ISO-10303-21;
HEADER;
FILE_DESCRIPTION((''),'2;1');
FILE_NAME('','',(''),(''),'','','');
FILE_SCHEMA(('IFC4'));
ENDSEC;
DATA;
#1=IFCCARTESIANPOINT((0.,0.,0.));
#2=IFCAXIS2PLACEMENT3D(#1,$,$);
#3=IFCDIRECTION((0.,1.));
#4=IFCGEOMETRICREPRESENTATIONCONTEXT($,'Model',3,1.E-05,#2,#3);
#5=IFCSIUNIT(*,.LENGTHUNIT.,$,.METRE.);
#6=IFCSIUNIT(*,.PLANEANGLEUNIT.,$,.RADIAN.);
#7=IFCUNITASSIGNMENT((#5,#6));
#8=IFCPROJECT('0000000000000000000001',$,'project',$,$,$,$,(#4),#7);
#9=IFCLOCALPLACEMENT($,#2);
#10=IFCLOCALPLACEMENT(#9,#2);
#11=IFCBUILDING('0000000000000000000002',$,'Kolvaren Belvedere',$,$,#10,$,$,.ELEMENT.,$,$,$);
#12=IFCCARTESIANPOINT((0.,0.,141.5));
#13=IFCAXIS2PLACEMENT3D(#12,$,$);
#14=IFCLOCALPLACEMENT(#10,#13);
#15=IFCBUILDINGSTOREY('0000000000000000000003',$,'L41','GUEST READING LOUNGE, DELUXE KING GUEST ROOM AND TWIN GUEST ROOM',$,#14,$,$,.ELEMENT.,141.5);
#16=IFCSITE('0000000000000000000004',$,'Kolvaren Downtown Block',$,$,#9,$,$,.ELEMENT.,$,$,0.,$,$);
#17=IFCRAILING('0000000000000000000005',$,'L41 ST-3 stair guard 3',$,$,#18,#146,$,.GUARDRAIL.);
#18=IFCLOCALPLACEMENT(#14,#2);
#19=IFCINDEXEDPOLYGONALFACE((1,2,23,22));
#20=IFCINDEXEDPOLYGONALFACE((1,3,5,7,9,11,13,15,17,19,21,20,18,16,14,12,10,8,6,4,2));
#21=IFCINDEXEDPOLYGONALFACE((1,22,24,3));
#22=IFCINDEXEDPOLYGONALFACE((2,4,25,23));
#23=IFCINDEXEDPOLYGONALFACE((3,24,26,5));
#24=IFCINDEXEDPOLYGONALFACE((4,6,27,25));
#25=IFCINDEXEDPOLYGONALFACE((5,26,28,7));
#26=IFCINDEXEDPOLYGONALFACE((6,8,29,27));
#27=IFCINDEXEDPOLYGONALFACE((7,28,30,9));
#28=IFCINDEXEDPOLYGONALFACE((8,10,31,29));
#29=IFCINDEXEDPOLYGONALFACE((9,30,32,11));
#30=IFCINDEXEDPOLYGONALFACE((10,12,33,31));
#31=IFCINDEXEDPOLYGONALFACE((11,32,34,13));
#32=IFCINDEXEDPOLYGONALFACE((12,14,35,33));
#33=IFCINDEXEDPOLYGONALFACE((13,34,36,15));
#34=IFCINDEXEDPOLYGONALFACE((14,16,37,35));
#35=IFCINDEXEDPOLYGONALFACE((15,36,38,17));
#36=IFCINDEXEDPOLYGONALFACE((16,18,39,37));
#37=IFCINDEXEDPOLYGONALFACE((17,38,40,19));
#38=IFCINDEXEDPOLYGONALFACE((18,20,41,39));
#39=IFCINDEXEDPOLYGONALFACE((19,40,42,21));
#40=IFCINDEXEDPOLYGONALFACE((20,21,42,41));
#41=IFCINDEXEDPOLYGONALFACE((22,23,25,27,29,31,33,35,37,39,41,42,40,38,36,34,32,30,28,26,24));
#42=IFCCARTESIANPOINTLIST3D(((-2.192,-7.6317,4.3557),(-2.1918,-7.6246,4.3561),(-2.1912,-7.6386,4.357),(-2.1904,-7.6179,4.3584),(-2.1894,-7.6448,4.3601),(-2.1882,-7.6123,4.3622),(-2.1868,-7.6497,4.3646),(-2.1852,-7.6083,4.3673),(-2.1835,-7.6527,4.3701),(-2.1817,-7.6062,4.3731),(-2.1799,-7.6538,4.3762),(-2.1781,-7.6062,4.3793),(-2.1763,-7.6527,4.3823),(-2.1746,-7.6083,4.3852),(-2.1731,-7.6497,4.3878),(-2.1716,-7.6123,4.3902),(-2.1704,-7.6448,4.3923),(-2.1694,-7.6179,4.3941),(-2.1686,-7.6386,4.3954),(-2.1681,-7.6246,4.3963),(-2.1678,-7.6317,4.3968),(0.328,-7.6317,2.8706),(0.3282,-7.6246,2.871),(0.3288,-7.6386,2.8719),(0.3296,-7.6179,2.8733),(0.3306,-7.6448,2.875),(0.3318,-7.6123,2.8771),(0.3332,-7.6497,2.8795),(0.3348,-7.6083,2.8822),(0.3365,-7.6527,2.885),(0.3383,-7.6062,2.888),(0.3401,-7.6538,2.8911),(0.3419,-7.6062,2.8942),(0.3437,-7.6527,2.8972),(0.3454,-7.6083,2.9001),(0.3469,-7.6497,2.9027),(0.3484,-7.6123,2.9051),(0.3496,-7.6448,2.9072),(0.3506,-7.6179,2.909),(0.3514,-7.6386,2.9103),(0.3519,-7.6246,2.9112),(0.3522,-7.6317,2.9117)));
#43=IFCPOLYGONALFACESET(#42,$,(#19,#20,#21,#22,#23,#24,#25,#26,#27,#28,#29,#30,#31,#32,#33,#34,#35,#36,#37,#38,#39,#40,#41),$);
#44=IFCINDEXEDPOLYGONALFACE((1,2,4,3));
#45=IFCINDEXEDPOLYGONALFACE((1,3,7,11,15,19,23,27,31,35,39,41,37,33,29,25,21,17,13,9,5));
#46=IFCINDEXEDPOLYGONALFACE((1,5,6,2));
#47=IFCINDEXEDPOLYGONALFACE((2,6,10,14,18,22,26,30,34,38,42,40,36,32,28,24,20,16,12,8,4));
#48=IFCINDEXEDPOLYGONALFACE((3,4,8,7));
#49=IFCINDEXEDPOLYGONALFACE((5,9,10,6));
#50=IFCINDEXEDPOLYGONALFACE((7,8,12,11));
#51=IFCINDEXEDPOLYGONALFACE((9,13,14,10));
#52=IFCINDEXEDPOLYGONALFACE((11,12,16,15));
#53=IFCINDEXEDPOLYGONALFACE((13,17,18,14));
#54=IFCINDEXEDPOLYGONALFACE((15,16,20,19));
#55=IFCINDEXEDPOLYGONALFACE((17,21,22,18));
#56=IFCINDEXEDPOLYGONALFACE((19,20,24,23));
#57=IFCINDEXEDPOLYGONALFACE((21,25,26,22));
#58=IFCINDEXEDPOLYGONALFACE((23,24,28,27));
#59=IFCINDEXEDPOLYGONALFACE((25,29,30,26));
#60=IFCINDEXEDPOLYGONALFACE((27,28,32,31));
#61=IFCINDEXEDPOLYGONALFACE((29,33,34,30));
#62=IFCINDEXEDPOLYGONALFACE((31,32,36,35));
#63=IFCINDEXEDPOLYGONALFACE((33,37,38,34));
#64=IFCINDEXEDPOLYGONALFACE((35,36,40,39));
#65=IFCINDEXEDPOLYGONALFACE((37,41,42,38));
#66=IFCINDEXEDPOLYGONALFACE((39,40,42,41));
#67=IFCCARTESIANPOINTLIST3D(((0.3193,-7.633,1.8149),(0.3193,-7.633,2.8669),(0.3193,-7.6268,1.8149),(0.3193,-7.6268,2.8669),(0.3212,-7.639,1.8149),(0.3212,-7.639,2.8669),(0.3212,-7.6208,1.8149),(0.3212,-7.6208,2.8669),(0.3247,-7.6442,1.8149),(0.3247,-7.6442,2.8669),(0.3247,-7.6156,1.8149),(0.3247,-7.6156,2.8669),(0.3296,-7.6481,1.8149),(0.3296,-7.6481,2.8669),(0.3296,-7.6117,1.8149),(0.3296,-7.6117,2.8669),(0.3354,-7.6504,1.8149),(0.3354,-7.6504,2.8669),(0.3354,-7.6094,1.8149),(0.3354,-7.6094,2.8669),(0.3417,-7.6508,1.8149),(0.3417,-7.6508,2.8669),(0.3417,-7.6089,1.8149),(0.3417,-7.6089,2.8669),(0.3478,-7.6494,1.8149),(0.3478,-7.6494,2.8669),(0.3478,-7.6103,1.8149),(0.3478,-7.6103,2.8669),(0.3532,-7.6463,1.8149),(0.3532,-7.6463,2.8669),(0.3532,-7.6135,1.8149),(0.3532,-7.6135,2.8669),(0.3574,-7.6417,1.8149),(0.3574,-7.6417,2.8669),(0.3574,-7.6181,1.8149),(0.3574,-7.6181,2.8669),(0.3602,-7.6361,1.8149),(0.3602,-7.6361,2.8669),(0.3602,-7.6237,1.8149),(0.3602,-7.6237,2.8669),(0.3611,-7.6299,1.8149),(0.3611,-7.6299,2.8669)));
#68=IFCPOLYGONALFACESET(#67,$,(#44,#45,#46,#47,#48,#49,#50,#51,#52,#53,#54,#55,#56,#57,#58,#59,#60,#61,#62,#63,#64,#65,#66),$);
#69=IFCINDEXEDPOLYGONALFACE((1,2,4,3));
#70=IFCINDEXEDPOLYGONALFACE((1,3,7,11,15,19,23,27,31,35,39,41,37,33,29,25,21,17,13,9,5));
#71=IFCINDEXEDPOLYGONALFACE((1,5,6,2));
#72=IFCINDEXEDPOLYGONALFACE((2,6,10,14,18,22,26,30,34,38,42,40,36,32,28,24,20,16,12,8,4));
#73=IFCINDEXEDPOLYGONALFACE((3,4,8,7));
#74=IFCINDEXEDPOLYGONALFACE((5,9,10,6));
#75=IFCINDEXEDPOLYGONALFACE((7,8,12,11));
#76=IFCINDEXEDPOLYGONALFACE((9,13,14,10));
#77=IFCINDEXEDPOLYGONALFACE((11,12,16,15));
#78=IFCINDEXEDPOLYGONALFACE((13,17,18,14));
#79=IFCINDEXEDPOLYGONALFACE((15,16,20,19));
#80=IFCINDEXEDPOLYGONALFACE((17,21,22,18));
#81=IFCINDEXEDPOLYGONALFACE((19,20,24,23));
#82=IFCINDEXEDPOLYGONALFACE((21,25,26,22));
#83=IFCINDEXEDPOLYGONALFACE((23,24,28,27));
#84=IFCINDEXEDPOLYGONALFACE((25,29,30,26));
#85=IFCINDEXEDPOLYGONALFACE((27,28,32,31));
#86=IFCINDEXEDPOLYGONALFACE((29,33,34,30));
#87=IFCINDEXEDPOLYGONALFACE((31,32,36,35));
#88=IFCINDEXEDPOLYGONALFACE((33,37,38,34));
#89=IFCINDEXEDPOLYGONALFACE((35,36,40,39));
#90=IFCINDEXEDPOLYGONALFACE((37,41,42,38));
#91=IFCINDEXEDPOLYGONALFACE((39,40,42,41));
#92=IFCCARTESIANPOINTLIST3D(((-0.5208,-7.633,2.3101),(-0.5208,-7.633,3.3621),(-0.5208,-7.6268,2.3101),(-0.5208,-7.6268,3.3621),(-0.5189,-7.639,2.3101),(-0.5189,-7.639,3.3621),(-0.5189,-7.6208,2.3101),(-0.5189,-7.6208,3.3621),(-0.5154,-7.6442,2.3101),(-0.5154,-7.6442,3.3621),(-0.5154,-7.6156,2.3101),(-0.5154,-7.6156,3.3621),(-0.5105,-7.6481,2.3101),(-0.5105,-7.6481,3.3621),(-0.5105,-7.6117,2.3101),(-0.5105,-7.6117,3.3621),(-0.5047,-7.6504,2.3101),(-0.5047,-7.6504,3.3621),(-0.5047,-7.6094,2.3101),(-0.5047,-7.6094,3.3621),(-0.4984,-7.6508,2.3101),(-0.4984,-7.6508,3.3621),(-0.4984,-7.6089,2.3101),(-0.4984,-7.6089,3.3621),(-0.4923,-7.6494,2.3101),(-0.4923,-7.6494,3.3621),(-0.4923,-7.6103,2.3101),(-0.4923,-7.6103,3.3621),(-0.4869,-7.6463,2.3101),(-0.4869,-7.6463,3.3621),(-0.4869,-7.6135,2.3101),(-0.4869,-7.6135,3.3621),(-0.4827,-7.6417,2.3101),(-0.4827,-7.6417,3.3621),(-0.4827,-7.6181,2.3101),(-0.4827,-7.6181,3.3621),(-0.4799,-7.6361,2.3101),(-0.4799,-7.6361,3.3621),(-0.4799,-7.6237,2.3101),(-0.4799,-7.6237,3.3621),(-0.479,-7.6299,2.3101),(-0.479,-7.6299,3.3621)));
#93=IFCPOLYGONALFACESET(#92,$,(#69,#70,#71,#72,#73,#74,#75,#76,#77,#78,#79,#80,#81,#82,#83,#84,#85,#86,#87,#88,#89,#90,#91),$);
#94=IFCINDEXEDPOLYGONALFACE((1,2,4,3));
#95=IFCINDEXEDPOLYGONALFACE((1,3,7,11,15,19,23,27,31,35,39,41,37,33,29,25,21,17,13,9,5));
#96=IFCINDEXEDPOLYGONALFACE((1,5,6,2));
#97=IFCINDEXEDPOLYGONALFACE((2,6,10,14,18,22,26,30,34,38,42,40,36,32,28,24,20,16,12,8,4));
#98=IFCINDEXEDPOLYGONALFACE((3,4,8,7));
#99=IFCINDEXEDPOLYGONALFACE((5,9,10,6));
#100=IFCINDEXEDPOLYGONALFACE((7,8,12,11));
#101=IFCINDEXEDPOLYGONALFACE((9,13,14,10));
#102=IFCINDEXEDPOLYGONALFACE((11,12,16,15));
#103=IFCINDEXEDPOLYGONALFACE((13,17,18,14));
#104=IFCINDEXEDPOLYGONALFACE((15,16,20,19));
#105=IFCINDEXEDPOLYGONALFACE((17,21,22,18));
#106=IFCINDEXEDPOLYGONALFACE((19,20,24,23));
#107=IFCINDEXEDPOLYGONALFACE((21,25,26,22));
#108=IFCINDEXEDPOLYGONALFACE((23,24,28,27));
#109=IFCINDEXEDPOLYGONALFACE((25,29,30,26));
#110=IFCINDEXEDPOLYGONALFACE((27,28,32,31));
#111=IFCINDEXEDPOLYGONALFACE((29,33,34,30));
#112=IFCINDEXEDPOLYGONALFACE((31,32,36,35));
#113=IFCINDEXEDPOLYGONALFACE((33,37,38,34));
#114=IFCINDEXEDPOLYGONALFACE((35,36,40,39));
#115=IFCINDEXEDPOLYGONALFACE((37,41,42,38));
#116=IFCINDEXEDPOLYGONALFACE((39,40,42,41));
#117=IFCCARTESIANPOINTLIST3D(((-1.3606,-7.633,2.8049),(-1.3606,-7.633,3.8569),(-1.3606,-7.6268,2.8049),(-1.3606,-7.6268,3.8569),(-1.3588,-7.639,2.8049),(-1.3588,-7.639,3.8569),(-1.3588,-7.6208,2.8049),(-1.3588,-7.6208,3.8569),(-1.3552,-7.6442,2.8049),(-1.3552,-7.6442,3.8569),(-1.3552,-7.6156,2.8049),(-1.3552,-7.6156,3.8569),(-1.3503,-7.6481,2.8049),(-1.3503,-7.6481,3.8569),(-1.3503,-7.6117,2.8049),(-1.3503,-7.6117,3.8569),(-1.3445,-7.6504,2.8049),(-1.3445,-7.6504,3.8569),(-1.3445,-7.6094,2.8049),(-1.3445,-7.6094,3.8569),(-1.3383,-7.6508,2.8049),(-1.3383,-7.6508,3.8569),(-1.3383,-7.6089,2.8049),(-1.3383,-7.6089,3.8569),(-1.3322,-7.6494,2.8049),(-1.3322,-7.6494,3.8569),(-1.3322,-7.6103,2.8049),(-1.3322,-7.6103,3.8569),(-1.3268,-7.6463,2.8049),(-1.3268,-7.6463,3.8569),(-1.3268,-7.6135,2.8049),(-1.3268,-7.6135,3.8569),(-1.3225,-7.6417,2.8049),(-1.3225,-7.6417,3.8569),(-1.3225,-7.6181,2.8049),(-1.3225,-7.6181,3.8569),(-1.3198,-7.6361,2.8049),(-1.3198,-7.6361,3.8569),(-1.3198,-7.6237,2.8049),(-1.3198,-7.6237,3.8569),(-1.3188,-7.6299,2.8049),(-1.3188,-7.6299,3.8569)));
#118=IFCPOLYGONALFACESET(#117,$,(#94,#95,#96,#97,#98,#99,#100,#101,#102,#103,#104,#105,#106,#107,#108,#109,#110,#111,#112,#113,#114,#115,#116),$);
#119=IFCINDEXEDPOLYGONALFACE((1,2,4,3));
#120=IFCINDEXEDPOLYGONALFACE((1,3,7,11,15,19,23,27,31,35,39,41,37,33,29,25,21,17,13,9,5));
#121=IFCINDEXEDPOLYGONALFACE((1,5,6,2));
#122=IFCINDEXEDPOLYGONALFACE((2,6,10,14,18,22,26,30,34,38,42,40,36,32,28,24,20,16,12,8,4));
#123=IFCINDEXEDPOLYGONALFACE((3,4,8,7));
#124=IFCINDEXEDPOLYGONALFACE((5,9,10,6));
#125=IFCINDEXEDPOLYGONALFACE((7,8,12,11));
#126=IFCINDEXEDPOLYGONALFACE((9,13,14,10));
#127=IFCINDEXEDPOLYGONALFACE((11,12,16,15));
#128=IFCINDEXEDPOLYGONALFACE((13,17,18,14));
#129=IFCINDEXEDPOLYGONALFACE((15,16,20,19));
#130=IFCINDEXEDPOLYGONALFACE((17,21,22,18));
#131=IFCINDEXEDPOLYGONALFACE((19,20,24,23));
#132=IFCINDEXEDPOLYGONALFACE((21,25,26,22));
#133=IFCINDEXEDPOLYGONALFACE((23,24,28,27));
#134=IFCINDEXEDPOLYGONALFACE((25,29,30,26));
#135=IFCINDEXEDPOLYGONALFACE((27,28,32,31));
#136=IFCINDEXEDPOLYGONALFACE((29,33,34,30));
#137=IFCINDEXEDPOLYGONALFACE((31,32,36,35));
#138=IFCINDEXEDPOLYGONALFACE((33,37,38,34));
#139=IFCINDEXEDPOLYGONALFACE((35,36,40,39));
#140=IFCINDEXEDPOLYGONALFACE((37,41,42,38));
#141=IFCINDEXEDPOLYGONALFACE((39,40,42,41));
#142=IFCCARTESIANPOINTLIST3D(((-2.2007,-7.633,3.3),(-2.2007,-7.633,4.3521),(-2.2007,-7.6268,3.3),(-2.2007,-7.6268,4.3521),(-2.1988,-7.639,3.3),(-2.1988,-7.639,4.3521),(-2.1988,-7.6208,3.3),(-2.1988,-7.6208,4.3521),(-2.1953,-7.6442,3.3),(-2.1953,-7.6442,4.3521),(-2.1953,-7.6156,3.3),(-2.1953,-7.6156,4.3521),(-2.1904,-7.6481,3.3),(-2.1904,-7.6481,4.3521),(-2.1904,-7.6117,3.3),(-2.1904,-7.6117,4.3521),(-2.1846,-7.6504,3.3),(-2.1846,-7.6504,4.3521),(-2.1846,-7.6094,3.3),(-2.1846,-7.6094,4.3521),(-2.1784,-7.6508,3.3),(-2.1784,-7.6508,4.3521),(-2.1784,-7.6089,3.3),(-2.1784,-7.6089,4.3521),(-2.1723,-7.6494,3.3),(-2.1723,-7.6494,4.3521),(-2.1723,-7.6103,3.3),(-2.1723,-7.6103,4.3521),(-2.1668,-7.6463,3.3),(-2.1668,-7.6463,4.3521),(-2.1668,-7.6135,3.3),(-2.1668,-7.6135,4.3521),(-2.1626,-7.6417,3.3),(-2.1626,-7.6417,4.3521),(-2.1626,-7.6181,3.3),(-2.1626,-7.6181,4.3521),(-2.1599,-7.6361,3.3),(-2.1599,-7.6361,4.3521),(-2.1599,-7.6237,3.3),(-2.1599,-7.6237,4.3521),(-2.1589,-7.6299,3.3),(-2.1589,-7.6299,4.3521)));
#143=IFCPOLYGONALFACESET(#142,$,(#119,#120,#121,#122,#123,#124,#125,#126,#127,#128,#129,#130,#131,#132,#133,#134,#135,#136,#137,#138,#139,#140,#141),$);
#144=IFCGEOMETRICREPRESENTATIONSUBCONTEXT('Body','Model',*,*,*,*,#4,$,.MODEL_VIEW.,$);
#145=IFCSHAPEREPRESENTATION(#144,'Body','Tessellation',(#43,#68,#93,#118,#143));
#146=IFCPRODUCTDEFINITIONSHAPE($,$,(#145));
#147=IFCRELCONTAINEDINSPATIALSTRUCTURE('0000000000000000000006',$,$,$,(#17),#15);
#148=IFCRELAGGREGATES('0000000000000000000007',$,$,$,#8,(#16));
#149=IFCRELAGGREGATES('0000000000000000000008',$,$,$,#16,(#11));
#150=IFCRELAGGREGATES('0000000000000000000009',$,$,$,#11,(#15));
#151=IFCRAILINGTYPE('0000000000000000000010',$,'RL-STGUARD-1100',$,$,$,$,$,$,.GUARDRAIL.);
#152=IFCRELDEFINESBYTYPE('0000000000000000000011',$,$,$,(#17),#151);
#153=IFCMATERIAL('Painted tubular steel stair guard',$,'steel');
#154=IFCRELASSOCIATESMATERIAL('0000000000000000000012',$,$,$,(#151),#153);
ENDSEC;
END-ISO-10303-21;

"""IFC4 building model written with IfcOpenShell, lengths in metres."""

from ifc_helpers import new_model, si_unit, direction, frame, origin, origin_2d, place, context, subcontext, project, spatial, circle, extrude, material, type_object, element, save


model = new_model("IFC4")

# Units and contexts
model_context = context("Model", 3, precision=1e-05, world=origin(), true_north=direction((0.0, 1.0)))
body_context = subcontext(model_context, "Body", "Model", "MODEL_VIEW")
ifc_project = project(units=[si_unit("LENGTHUNIT", "METRE"), si_unit("PLANEANGLEUNIT", "RADIAN")], contexts=[model_context])

# Site, building, storey
site_placement = place(None, origin())
site = spatial("IfcSite", under=ifc_project, at=site_placement, Name="Kolvaren Downtown Block", CompositionType="ELEMENT", RefElevation=0.0)
building_placement = place(site_placement, origin())
building = spatial("IfcBuilding", under=site, at=building_placement, Name="Kolvaren Belvedere", CompositionType="ELEMENT")
storey_placement = place(building_placement, frame((0.0, 0.0, 141.5)))
storey = spatial("IfcBuildingStorey", under=building, at=storey_placement, Name="L41", Description="GUEST READING LOUNGE, DELUXE KING GUEST ROOM AND TWIN GUEST ROOM", CompositionType="ELEMENT", Elevation=141.5)

# Railing
ifc_material_1 = material(Name="Painted tubular steel stair guard", Category="steel")
railing_type_1 = type_object("IfcRailingType", Name="RL-STGUARD-1100", PredefinedType="GUARDRAIL", material=ifc_material_1)
railing_1_placement = place(storey_placement, frame((0.3401, -7.6299, 1.8149)))
element("IfcRailing", 1, at=railing_1_placement, inside=storey, type_object=railing_type_1, Name="L41 ST-3 stair guard 3", PredefinedType="GUARDRAIL", context=body_context, shape_type="SweptSolid", body=[
    extrude(circle(Radius=0.0239, at=origin_2d()), frame((0.0, 0.0, 1.0762), z_axis=(-0.861524, 0.0, 0.507717), x_axis=(0.0, -1.0, 0.0)), (0.0, 0.0, 1.0), 2.925),
    extrude(circle(Radius=0.021, at=origin_2d()), origin(), (0.0, 0.0, 1.0), 1.052),
    extrude(circle(Radius=0.021, at=origin_2d()), frame((-0.8401, 0.0, 0.4951)), (0.0, 0.0, 1.0), 1.052),
    extrude(circle(Radius=0.021, at=origin_2d()), frame((-1.6799, 0.0, 0.99)), (0.0, 0.0, 1.0), 1.052),
    extrude(circle(Radius=0.021, at=origin_2d()), frame((-2.52, 0.0, 1.4851)), (0.0, 0.0, 1.0), 1.052),
])

save(model, "model.ifc")
